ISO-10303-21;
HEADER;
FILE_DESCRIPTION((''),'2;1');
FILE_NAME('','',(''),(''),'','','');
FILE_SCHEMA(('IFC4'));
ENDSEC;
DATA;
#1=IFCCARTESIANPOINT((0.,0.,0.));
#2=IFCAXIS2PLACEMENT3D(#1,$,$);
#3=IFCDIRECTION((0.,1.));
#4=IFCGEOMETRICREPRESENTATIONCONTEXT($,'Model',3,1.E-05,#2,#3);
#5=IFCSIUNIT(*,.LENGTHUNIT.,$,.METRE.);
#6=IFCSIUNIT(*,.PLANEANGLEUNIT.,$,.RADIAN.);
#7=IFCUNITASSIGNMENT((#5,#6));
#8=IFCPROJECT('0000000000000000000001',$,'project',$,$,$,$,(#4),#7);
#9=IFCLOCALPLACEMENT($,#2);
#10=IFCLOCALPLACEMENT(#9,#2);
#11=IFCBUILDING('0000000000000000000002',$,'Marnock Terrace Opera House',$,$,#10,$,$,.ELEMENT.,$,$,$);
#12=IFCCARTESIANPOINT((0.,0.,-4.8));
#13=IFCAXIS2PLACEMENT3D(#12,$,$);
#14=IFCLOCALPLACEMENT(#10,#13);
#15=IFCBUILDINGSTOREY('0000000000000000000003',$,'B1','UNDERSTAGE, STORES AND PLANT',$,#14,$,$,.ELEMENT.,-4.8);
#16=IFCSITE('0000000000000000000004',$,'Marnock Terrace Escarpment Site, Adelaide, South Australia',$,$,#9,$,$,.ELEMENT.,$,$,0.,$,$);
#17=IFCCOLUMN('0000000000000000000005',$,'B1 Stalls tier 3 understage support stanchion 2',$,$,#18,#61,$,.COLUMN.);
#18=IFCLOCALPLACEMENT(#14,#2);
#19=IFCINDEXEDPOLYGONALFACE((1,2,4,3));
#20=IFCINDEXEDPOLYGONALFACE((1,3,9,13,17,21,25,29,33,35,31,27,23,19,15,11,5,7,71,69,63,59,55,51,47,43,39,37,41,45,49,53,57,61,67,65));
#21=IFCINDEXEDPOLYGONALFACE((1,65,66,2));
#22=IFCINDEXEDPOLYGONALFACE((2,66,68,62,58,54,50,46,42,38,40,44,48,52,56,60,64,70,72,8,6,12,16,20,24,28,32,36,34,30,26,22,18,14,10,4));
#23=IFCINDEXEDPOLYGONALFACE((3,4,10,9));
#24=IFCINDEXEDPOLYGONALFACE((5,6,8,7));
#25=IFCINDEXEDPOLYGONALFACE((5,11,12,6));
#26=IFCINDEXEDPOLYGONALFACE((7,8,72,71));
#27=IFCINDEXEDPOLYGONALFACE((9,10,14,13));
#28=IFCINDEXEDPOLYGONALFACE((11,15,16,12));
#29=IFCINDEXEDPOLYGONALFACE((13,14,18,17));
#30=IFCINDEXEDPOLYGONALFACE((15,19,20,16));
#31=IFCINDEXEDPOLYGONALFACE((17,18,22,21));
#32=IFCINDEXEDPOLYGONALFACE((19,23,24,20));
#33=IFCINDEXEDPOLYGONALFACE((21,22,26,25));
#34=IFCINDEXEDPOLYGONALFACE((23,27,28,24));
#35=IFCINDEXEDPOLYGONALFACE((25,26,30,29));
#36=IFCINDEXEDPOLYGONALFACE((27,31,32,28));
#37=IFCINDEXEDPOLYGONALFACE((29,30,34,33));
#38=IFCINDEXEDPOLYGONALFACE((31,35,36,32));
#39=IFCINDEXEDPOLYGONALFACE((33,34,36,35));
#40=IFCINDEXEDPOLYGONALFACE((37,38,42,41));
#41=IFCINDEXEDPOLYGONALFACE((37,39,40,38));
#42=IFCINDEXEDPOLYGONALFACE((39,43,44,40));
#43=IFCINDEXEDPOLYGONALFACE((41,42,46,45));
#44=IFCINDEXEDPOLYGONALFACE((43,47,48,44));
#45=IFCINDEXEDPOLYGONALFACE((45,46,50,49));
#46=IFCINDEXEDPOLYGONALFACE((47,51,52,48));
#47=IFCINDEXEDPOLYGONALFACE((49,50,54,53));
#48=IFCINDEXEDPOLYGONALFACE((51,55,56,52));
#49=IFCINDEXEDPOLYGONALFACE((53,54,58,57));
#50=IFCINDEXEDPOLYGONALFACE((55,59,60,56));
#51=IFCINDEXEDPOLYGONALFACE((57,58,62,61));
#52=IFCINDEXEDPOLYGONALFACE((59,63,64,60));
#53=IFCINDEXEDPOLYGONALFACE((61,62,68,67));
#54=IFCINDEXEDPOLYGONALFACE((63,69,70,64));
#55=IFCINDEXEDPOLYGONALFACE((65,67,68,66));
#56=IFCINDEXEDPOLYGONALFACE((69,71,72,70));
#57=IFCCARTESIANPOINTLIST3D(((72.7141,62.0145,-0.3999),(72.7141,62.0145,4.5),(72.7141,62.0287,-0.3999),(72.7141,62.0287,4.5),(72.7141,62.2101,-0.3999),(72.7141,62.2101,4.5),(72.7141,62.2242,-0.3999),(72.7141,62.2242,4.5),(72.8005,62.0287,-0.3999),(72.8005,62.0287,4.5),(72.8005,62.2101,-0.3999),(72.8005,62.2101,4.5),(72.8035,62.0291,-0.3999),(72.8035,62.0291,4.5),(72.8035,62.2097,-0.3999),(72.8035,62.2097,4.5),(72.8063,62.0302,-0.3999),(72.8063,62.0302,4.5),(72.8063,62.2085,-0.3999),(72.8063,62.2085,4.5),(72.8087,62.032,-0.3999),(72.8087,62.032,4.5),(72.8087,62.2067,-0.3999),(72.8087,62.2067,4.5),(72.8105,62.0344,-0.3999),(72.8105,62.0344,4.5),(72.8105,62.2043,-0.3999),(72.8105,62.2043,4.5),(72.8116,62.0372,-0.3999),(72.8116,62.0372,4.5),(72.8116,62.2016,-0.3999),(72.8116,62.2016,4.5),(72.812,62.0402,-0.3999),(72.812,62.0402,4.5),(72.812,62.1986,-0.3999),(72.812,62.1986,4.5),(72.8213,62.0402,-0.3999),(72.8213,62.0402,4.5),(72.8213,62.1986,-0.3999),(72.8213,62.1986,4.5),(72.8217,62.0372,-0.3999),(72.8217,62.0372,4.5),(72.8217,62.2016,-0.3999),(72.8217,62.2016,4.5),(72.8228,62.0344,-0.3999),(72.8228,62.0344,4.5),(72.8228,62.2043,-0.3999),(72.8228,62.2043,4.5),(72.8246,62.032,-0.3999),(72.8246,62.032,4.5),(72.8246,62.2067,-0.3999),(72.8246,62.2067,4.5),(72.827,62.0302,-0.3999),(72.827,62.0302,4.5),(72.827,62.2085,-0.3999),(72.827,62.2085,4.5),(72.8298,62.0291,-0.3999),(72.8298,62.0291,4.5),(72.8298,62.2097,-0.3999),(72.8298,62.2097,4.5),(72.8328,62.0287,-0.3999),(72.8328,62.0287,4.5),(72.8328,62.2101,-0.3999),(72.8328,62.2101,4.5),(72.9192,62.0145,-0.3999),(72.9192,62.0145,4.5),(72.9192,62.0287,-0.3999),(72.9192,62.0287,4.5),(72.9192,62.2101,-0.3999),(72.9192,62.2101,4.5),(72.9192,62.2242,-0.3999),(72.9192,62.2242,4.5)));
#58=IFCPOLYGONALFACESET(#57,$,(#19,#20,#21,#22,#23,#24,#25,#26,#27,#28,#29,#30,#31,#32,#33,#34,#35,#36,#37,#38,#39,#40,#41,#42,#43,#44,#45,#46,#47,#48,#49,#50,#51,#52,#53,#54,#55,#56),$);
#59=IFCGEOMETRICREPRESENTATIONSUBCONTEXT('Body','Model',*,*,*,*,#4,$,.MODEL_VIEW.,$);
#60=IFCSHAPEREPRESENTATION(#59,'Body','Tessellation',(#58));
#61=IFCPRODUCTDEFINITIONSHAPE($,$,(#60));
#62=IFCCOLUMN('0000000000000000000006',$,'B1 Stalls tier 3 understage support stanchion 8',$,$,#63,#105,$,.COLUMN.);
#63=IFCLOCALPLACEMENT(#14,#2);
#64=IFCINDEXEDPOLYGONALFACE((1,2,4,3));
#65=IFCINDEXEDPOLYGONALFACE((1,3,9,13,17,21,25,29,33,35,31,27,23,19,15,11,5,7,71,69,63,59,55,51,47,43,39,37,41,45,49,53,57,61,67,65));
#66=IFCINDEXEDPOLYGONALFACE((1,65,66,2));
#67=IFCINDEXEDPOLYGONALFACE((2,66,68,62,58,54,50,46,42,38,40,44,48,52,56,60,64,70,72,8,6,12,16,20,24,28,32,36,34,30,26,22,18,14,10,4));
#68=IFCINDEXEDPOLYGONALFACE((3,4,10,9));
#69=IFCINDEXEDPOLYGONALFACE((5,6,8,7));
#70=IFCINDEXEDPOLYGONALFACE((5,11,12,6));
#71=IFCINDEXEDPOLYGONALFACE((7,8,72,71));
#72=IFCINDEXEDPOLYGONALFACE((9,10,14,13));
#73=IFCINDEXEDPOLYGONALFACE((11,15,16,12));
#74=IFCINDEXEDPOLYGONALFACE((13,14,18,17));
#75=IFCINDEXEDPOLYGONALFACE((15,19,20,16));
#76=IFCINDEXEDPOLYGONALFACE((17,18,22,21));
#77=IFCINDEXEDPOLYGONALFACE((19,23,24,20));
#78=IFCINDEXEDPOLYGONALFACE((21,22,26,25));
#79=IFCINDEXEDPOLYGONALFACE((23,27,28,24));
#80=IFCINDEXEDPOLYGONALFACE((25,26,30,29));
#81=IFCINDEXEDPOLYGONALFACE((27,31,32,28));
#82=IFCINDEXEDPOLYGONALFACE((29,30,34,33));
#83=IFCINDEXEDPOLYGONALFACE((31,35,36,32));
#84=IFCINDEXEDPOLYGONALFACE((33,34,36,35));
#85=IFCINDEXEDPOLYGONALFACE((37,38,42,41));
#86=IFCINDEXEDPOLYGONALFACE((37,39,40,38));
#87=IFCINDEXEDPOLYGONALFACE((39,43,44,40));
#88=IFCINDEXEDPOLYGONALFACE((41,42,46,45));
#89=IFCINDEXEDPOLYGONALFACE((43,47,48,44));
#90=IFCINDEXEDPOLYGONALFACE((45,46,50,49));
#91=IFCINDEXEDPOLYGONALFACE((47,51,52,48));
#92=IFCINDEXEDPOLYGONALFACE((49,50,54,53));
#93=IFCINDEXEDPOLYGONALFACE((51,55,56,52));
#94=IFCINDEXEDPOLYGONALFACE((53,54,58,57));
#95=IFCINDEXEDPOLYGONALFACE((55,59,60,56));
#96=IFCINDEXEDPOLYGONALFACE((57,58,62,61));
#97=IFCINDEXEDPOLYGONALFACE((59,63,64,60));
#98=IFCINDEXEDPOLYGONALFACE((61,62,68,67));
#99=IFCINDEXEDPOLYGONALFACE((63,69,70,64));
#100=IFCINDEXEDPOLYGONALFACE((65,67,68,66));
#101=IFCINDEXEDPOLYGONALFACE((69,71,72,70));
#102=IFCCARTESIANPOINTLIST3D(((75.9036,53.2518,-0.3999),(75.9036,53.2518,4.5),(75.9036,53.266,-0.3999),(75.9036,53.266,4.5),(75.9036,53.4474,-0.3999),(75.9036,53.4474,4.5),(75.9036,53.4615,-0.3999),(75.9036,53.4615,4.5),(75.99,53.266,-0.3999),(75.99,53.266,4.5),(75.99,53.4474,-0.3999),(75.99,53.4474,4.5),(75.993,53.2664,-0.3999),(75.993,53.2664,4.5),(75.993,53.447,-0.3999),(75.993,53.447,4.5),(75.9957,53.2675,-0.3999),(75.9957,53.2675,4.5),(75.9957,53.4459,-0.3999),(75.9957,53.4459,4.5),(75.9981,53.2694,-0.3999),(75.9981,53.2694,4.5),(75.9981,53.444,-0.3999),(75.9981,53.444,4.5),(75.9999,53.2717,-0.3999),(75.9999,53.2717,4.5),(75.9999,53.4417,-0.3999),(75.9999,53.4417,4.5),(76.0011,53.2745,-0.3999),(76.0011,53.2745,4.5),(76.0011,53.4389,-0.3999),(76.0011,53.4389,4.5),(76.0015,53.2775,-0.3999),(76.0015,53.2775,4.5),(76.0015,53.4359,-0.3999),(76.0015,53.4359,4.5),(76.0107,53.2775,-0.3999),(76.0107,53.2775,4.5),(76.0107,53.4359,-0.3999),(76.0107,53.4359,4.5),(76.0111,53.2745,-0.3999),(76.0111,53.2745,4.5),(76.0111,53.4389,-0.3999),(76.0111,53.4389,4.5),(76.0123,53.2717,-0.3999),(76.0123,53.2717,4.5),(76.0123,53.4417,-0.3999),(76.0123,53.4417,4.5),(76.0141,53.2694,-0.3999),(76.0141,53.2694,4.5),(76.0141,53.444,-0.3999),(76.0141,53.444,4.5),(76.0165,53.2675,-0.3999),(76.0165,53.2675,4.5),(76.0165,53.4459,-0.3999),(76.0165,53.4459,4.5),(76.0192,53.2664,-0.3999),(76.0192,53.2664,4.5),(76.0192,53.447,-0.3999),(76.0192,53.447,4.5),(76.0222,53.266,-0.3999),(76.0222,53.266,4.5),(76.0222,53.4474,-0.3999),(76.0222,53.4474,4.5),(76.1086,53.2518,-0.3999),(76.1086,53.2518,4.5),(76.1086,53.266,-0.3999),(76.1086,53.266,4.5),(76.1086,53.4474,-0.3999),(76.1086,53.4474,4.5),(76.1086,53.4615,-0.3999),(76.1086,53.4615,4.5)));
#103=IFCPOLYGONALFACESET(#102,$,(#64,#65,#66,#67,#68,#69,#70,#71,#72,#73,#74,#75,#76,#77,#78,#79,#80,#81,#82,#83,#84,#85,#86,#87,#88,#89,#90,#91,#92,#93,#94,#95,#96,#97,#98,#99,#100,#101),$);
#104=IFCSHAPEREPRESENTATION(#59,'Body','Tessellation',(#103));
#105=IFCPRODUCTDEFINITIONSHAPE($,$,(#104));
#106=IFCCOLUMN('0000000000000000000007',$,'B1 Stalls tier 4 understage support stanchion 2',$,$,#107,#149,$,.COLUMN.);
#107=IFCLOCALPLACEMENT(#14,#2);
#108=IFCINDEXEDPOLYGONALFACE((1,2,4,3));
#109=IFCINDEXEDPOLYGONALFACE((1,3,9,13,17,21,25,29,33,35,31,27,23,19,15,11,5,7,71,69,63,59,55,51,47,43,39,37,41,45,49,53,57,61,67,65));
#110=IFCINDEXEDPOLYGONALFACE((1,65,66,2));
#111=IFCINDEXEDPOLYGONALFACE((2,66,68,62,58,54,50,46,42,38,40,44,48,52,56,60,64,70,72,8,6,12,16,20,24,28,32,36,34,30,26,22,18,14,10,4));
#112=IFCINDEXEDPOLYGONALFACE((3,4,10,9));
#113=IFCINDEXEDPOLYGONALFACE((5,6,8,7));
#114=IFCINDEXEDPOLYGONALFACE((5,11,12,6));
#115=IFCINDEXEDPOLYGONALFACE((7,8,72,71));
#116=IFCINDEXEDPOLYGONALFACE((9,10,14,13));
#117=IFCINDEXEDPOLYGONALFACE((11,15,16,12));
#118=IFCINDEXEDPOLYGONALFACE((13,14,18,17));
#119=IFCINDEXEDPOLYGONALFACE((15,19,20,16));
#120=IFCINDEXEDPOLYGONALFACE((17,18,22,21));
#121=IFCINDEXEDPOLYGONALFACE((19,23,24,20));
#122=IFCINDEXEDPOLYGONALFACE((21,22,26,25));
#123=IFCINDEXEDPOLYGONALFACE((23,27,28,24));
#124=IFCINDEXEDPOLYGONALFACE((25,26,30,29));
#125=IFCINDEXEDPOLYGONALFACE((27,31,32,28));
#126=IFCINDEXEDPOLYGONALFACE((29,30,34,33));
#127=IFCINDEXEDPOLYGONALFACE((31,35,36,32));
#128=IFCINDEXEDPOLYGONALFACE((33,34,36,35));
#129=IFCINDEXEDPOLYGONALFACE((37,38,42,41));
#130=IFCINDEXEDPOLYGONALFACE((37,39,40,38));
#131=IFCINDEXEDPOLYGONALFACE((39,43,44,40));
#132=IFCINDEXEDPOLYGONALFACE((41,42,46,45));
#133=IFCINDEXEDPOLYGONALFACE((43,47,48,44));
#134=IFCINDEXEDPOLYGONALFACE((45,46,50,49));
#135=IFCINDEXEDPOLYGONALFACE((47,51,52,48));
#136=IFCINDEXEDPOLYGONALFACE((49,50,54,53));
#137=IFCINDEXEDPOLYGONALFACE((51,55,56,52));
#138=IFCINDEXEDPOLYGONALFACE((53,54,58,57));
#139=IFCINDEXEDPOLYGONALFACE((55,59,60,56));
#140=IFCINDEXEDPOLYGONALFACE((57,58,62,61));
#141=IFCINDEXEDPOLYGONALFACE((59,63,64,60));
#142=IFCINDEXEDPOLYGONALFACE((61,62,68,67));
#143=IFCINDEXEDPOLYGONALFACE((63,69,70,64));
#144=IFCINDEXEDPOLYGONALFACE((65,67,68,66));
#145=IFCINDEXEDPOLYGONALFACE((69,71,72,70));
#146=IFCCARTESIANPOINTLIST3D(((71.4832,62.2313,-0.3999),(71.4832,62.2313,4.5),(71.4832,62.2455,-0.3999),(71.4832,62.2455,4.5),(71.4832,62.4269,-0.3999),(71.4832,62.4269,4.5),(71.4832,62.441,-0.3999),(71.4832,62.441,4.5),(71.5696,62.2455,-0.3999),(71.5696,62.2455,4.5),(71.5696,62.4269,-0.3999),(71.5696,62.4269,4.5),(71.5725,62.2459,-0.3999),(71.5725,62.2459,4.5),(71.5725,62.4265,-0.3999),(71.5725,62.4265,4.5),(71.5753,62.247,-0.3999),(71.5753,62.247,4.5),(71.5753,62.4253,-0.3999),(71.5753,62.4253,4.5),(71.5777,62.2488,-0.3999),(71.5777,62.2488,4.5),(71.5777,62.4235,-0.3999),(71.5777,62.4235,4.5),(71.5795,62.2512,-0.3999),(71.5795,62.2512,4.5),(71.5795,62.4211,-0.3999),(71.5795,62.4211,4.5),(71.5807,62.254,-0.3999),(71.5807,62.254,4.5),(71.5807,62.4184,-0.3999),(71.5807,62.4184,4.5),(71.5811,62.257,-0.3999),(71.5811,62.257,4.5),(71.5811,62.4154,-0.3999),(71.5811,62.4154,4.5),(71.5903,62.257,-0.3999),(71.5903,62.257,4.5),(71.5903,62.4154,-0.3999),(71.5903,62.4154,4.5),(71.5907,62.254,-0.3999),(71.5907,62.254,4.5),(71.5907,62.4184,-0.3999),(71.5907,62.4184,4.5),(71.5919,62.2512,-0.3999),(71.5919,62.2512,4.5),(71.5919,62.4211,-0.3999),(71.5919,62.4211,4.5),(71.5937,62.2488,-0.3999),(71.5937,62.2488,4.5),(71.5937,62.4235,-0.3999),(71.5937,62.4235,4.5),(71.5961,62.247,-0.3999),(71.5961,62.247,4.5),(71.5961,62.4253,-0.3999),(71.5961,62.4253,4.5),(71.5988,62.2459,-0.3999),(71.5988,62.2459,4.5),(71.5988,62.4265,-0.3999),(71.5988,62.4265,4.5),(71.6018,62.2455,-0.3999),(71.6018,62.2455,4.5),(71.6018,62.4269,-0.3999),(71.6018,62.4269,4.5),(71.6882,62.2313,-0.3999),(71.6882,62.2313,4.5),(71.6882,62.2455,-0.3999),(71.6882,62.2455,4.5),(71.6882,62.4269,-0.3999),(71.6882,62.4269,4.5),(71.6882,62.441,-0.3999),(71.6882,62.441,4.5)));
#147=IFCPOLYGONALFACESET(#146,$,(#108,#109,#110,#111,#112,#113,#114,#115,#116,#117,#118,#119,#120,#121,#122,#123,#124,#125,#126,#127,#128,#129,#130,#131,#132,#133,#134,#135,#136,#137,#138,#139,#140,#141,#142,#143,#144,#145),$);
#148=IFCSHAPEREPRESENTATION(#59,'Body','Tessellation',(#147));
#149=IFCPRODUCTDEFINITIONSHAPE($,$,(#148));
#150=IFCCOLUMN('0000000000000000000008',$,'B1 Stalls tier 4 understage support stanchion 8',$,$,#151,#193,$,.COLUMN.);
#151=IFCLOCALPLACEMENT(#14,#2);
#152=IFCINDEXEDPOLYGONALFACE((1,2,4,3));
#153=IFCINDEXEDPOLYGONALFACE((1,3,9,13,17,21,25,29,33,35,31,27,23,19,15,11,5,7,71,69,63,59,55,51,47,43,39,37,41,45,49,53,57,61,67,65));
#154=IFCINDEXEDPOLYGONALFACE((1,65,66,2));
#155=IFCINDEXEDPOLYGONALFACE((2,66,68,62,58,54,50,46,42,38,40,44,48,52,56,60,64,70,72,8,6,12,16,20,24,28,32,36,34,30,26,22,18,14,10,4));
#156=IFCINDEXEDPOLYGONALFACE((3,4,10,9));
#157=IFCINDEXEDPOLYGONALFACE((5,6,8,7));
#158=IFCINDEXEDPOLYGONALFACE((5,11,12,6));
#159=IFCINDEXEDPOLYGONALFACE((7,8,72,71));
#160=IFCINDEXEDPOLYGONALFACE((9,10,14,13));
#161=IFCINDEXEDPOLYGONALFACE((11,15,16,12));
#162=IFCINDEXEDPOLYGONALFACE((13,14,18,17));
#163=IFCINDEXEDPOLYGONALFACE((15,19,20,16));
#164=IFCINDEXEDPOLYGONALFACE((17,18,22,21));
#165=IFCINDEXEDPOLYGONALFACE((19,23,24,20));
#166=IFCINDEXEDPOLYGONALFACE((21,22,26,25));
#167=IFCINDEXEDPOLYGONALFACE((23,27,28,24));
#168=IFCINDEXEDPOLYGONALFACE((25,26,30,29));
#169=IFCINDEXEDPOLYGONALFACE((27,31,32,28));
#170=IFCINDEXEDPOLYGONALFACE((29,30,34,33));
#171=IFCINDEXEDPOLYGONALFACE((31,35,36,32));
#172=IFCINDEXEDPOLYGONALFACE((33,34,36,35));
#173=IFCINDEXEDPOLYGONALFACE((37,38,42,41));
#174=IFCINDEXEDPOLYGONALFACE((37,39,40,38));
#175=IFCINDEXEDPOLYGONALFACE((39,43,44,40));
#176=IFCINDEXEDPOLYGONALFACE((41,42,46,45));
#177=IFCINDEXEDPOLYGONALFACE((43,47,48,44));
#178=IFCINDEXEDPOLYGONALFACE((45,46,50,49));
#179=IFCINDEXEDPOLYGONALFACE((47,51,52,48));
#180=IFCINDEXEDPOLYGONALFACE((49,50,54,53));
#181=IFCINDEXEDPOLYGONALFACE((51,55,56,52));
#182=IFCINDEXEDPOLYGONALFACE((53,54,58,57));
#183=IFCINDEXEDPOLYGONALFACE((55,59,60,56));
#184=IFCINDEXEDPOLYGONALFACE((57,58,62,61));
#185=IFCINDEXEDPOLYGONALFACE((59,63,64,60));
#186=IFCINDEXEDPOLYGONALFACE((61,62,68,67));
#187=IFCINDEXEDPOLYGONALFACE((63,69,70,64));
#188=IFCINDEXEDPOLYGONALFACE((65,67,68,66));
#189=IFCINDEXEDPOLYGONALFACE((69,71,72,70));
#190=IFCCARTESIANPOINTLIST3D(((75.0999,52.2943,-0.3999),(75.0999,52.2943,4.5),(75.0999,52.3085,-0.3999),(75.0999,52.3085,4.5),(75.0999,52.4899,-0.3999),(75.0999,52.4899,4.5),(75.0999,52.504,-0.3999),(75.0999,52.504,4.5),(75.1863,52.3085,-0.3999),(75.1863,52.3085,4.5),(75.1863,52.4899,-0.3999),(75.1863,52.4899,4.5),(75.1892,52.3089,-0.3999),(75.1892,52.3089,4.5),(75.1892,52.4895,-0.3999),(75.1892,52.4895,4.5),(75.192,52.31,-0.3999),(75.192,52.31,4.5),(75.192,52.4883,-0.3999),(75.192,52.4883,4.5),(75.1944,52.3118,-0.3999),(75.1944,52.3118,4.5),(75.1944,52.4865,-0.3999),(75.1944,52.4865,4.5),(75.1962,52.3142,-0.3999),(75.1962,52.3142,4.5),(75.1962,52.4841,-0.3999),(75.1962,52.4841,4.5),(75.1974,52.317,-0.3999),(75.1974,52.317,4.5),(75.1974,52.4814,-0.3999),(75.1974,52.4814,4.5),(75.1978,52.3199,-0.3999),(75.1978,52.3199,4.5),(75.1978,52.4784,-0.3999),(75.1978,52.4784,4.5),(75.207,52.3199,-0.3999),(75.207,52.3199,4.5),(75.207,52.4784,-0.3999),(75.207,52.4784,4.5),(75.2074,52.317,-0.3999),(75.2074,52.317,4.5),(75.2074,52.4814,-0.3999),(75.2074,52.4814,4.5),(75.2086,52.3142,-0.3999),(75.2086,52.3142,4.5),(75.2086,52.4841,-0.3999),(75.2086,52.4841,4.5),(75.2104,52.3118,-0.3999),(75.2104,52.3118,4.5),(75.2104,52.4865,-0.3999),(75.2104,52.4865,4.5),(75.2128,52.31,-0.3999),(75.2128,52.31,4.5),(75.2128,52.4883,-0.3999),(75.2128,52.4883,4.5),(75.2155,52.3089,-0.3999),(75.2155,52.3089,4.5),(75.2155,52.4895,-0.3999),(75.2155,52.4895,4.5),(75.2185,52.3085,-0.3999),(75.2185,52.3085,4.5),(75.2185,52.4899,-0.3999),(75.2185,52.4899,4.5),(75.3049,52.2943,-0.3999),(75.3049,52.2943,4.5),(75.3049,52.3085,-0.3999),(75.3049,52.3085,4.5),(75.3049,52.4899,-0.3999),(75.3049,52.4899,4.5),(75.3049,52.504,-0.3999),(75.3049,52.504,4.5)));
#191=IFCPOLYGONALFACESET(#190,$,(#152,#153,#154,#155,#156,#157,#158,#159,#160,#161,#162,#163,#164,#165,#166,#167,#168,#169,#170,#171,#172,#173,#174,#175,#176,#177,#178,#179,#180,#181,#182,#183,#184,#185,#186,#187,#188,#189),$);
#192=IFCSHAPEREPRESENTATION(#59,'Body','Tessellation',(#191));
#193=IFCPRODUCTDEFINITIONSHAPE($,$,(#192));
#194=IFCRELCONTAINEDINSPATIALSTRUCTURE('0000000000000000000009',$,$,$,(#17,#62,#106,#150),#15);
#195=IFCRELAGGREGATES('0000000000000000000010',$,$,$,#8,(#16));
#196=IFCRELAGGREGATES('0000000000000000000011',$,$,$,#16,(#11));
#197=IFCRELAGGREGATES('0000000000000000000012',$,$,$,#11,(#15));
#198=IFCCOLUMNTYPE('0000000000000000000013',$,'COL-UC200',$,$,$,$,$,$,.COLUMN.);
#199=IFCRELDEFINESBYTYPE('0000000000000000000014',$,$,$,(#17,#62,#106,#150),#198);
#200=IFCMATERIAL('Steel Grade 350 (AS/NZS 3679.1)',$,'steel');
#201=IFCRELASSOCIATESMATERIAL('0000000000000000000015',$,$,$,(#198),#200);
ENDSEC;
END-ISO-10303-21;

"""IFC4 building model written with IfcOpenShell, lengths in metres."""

from ifc_helpers import new_model, si_unit, direction, frame, origin, origin_2d, place, context, subcontext, project, spatial, i_section, extrude, material, material_profile, profile_set, type_object, element, save


model = new_model("IFC4")

# Units and contexts
model_context = context("Model", 3, precision=1e-05, world=origin(), true_north=direction((0.0, 1.0)))
body_context = subcontext(model_context, "Body", "Model", "MODEL_VIEW")
ifc_project = project(units=[si_unit("LENGTHUNIT", "METRE"), si_unit("PLANEANGLEUNIT", "RADIAN")], contexts=[model_context])

# Site, building, storey
site_placement = place(None, origin())
site = spatial("IfcSite", under=ifc_project, at=site_placement, Name="Marnock Terrace Escarpment Site, Adelaide, South Australia", CompositionType="ELEMENT", RefElevation=0.0)
building_placement = place(site_placement, origin())
building = spatial("IfcBuilding", under=site, at=building_placement, Name="Marnock Terrace Opera House", CompositionType="ELEMENT")
storey_placement = place(building_placement, frame((0.0, 0.0, -4.8)))
storey = spatial("IfcBuildingStorey", under=building, at=storey_placement, Name="B1", Description="UNDERSTAGE, STORES AND PLANT", CompositionType="ELEMENT", Elevation=-4.8)

# Columns
ifc_material_1 = material(Name="Steel Grade 350 (AS/NZS 3679.1)", Category="steel")
ifc_material_profile_1 = material_profile(ifc_material_1, i_section(OverallWidth=0.2051, OverallDepth=0.2097, WebThickness=0.0093, FlangeThickness=0.0142, FilletRadius=0.0115, at=origin_2d()))
ifc_profile_set_1 = profile_set([ifc_material_profile_1], Name="Steel Grade 350 (AS/NZS 3679.1)")
column_type_1 = type_object("IfcColumnType", Name="COL-UC200", PredefinedType="COLUMN", material=ifc_profile_set_1)
for number, where, z_axis, x_axis, name in (
    (1, (72.8167, 62.1194, -0.3999), (0.0, 0.0, 1.0), (1.0, 0.0, 0.0), "B1 Stalls tier 3 understage support stanchion 2"),
    (2, (76.0061, 53.3567, -0.3999), (0.0, 0.0, 1.0), (1.0, 0.0, 0.0), "B1 Stalls tier 3 understage support stanchion 8"),
    (3, (71.5857, 62.3362, -0.3999), (0.0, 0.0, 1.0), (1.0, 0.0, 0.0), "B1 Stalls tier 4 understage support stanchion 2"),
    (4, (75.2024, 52.3992, -0.3999), (0.0, 0.0, 1.0), (1.0, 0.0, 0.0), "B1 Stalls tier 4 understage support stanchion 8"),
):
    element("IfcColumn", number, at=place(storey_placement, frame(where, z_axis=z_axis, x_axis=x_axis)), inside=storey, type_object=column_type_1, Name=name, PredefinedType="COLUMN", context=body_context, shape_type="SweptSolid", body=[
        extrude(i_section(OverallWidth=0.2051, OverallDepth=0.2097, WebThickness=0.0093, FlangeThickness=0.0142, FilletRadius=0.0115, at=origin_2d()), origin(), (0.0, 0.0, 1.0), 4.8999),
    ])

save(model, "model.ifc")
